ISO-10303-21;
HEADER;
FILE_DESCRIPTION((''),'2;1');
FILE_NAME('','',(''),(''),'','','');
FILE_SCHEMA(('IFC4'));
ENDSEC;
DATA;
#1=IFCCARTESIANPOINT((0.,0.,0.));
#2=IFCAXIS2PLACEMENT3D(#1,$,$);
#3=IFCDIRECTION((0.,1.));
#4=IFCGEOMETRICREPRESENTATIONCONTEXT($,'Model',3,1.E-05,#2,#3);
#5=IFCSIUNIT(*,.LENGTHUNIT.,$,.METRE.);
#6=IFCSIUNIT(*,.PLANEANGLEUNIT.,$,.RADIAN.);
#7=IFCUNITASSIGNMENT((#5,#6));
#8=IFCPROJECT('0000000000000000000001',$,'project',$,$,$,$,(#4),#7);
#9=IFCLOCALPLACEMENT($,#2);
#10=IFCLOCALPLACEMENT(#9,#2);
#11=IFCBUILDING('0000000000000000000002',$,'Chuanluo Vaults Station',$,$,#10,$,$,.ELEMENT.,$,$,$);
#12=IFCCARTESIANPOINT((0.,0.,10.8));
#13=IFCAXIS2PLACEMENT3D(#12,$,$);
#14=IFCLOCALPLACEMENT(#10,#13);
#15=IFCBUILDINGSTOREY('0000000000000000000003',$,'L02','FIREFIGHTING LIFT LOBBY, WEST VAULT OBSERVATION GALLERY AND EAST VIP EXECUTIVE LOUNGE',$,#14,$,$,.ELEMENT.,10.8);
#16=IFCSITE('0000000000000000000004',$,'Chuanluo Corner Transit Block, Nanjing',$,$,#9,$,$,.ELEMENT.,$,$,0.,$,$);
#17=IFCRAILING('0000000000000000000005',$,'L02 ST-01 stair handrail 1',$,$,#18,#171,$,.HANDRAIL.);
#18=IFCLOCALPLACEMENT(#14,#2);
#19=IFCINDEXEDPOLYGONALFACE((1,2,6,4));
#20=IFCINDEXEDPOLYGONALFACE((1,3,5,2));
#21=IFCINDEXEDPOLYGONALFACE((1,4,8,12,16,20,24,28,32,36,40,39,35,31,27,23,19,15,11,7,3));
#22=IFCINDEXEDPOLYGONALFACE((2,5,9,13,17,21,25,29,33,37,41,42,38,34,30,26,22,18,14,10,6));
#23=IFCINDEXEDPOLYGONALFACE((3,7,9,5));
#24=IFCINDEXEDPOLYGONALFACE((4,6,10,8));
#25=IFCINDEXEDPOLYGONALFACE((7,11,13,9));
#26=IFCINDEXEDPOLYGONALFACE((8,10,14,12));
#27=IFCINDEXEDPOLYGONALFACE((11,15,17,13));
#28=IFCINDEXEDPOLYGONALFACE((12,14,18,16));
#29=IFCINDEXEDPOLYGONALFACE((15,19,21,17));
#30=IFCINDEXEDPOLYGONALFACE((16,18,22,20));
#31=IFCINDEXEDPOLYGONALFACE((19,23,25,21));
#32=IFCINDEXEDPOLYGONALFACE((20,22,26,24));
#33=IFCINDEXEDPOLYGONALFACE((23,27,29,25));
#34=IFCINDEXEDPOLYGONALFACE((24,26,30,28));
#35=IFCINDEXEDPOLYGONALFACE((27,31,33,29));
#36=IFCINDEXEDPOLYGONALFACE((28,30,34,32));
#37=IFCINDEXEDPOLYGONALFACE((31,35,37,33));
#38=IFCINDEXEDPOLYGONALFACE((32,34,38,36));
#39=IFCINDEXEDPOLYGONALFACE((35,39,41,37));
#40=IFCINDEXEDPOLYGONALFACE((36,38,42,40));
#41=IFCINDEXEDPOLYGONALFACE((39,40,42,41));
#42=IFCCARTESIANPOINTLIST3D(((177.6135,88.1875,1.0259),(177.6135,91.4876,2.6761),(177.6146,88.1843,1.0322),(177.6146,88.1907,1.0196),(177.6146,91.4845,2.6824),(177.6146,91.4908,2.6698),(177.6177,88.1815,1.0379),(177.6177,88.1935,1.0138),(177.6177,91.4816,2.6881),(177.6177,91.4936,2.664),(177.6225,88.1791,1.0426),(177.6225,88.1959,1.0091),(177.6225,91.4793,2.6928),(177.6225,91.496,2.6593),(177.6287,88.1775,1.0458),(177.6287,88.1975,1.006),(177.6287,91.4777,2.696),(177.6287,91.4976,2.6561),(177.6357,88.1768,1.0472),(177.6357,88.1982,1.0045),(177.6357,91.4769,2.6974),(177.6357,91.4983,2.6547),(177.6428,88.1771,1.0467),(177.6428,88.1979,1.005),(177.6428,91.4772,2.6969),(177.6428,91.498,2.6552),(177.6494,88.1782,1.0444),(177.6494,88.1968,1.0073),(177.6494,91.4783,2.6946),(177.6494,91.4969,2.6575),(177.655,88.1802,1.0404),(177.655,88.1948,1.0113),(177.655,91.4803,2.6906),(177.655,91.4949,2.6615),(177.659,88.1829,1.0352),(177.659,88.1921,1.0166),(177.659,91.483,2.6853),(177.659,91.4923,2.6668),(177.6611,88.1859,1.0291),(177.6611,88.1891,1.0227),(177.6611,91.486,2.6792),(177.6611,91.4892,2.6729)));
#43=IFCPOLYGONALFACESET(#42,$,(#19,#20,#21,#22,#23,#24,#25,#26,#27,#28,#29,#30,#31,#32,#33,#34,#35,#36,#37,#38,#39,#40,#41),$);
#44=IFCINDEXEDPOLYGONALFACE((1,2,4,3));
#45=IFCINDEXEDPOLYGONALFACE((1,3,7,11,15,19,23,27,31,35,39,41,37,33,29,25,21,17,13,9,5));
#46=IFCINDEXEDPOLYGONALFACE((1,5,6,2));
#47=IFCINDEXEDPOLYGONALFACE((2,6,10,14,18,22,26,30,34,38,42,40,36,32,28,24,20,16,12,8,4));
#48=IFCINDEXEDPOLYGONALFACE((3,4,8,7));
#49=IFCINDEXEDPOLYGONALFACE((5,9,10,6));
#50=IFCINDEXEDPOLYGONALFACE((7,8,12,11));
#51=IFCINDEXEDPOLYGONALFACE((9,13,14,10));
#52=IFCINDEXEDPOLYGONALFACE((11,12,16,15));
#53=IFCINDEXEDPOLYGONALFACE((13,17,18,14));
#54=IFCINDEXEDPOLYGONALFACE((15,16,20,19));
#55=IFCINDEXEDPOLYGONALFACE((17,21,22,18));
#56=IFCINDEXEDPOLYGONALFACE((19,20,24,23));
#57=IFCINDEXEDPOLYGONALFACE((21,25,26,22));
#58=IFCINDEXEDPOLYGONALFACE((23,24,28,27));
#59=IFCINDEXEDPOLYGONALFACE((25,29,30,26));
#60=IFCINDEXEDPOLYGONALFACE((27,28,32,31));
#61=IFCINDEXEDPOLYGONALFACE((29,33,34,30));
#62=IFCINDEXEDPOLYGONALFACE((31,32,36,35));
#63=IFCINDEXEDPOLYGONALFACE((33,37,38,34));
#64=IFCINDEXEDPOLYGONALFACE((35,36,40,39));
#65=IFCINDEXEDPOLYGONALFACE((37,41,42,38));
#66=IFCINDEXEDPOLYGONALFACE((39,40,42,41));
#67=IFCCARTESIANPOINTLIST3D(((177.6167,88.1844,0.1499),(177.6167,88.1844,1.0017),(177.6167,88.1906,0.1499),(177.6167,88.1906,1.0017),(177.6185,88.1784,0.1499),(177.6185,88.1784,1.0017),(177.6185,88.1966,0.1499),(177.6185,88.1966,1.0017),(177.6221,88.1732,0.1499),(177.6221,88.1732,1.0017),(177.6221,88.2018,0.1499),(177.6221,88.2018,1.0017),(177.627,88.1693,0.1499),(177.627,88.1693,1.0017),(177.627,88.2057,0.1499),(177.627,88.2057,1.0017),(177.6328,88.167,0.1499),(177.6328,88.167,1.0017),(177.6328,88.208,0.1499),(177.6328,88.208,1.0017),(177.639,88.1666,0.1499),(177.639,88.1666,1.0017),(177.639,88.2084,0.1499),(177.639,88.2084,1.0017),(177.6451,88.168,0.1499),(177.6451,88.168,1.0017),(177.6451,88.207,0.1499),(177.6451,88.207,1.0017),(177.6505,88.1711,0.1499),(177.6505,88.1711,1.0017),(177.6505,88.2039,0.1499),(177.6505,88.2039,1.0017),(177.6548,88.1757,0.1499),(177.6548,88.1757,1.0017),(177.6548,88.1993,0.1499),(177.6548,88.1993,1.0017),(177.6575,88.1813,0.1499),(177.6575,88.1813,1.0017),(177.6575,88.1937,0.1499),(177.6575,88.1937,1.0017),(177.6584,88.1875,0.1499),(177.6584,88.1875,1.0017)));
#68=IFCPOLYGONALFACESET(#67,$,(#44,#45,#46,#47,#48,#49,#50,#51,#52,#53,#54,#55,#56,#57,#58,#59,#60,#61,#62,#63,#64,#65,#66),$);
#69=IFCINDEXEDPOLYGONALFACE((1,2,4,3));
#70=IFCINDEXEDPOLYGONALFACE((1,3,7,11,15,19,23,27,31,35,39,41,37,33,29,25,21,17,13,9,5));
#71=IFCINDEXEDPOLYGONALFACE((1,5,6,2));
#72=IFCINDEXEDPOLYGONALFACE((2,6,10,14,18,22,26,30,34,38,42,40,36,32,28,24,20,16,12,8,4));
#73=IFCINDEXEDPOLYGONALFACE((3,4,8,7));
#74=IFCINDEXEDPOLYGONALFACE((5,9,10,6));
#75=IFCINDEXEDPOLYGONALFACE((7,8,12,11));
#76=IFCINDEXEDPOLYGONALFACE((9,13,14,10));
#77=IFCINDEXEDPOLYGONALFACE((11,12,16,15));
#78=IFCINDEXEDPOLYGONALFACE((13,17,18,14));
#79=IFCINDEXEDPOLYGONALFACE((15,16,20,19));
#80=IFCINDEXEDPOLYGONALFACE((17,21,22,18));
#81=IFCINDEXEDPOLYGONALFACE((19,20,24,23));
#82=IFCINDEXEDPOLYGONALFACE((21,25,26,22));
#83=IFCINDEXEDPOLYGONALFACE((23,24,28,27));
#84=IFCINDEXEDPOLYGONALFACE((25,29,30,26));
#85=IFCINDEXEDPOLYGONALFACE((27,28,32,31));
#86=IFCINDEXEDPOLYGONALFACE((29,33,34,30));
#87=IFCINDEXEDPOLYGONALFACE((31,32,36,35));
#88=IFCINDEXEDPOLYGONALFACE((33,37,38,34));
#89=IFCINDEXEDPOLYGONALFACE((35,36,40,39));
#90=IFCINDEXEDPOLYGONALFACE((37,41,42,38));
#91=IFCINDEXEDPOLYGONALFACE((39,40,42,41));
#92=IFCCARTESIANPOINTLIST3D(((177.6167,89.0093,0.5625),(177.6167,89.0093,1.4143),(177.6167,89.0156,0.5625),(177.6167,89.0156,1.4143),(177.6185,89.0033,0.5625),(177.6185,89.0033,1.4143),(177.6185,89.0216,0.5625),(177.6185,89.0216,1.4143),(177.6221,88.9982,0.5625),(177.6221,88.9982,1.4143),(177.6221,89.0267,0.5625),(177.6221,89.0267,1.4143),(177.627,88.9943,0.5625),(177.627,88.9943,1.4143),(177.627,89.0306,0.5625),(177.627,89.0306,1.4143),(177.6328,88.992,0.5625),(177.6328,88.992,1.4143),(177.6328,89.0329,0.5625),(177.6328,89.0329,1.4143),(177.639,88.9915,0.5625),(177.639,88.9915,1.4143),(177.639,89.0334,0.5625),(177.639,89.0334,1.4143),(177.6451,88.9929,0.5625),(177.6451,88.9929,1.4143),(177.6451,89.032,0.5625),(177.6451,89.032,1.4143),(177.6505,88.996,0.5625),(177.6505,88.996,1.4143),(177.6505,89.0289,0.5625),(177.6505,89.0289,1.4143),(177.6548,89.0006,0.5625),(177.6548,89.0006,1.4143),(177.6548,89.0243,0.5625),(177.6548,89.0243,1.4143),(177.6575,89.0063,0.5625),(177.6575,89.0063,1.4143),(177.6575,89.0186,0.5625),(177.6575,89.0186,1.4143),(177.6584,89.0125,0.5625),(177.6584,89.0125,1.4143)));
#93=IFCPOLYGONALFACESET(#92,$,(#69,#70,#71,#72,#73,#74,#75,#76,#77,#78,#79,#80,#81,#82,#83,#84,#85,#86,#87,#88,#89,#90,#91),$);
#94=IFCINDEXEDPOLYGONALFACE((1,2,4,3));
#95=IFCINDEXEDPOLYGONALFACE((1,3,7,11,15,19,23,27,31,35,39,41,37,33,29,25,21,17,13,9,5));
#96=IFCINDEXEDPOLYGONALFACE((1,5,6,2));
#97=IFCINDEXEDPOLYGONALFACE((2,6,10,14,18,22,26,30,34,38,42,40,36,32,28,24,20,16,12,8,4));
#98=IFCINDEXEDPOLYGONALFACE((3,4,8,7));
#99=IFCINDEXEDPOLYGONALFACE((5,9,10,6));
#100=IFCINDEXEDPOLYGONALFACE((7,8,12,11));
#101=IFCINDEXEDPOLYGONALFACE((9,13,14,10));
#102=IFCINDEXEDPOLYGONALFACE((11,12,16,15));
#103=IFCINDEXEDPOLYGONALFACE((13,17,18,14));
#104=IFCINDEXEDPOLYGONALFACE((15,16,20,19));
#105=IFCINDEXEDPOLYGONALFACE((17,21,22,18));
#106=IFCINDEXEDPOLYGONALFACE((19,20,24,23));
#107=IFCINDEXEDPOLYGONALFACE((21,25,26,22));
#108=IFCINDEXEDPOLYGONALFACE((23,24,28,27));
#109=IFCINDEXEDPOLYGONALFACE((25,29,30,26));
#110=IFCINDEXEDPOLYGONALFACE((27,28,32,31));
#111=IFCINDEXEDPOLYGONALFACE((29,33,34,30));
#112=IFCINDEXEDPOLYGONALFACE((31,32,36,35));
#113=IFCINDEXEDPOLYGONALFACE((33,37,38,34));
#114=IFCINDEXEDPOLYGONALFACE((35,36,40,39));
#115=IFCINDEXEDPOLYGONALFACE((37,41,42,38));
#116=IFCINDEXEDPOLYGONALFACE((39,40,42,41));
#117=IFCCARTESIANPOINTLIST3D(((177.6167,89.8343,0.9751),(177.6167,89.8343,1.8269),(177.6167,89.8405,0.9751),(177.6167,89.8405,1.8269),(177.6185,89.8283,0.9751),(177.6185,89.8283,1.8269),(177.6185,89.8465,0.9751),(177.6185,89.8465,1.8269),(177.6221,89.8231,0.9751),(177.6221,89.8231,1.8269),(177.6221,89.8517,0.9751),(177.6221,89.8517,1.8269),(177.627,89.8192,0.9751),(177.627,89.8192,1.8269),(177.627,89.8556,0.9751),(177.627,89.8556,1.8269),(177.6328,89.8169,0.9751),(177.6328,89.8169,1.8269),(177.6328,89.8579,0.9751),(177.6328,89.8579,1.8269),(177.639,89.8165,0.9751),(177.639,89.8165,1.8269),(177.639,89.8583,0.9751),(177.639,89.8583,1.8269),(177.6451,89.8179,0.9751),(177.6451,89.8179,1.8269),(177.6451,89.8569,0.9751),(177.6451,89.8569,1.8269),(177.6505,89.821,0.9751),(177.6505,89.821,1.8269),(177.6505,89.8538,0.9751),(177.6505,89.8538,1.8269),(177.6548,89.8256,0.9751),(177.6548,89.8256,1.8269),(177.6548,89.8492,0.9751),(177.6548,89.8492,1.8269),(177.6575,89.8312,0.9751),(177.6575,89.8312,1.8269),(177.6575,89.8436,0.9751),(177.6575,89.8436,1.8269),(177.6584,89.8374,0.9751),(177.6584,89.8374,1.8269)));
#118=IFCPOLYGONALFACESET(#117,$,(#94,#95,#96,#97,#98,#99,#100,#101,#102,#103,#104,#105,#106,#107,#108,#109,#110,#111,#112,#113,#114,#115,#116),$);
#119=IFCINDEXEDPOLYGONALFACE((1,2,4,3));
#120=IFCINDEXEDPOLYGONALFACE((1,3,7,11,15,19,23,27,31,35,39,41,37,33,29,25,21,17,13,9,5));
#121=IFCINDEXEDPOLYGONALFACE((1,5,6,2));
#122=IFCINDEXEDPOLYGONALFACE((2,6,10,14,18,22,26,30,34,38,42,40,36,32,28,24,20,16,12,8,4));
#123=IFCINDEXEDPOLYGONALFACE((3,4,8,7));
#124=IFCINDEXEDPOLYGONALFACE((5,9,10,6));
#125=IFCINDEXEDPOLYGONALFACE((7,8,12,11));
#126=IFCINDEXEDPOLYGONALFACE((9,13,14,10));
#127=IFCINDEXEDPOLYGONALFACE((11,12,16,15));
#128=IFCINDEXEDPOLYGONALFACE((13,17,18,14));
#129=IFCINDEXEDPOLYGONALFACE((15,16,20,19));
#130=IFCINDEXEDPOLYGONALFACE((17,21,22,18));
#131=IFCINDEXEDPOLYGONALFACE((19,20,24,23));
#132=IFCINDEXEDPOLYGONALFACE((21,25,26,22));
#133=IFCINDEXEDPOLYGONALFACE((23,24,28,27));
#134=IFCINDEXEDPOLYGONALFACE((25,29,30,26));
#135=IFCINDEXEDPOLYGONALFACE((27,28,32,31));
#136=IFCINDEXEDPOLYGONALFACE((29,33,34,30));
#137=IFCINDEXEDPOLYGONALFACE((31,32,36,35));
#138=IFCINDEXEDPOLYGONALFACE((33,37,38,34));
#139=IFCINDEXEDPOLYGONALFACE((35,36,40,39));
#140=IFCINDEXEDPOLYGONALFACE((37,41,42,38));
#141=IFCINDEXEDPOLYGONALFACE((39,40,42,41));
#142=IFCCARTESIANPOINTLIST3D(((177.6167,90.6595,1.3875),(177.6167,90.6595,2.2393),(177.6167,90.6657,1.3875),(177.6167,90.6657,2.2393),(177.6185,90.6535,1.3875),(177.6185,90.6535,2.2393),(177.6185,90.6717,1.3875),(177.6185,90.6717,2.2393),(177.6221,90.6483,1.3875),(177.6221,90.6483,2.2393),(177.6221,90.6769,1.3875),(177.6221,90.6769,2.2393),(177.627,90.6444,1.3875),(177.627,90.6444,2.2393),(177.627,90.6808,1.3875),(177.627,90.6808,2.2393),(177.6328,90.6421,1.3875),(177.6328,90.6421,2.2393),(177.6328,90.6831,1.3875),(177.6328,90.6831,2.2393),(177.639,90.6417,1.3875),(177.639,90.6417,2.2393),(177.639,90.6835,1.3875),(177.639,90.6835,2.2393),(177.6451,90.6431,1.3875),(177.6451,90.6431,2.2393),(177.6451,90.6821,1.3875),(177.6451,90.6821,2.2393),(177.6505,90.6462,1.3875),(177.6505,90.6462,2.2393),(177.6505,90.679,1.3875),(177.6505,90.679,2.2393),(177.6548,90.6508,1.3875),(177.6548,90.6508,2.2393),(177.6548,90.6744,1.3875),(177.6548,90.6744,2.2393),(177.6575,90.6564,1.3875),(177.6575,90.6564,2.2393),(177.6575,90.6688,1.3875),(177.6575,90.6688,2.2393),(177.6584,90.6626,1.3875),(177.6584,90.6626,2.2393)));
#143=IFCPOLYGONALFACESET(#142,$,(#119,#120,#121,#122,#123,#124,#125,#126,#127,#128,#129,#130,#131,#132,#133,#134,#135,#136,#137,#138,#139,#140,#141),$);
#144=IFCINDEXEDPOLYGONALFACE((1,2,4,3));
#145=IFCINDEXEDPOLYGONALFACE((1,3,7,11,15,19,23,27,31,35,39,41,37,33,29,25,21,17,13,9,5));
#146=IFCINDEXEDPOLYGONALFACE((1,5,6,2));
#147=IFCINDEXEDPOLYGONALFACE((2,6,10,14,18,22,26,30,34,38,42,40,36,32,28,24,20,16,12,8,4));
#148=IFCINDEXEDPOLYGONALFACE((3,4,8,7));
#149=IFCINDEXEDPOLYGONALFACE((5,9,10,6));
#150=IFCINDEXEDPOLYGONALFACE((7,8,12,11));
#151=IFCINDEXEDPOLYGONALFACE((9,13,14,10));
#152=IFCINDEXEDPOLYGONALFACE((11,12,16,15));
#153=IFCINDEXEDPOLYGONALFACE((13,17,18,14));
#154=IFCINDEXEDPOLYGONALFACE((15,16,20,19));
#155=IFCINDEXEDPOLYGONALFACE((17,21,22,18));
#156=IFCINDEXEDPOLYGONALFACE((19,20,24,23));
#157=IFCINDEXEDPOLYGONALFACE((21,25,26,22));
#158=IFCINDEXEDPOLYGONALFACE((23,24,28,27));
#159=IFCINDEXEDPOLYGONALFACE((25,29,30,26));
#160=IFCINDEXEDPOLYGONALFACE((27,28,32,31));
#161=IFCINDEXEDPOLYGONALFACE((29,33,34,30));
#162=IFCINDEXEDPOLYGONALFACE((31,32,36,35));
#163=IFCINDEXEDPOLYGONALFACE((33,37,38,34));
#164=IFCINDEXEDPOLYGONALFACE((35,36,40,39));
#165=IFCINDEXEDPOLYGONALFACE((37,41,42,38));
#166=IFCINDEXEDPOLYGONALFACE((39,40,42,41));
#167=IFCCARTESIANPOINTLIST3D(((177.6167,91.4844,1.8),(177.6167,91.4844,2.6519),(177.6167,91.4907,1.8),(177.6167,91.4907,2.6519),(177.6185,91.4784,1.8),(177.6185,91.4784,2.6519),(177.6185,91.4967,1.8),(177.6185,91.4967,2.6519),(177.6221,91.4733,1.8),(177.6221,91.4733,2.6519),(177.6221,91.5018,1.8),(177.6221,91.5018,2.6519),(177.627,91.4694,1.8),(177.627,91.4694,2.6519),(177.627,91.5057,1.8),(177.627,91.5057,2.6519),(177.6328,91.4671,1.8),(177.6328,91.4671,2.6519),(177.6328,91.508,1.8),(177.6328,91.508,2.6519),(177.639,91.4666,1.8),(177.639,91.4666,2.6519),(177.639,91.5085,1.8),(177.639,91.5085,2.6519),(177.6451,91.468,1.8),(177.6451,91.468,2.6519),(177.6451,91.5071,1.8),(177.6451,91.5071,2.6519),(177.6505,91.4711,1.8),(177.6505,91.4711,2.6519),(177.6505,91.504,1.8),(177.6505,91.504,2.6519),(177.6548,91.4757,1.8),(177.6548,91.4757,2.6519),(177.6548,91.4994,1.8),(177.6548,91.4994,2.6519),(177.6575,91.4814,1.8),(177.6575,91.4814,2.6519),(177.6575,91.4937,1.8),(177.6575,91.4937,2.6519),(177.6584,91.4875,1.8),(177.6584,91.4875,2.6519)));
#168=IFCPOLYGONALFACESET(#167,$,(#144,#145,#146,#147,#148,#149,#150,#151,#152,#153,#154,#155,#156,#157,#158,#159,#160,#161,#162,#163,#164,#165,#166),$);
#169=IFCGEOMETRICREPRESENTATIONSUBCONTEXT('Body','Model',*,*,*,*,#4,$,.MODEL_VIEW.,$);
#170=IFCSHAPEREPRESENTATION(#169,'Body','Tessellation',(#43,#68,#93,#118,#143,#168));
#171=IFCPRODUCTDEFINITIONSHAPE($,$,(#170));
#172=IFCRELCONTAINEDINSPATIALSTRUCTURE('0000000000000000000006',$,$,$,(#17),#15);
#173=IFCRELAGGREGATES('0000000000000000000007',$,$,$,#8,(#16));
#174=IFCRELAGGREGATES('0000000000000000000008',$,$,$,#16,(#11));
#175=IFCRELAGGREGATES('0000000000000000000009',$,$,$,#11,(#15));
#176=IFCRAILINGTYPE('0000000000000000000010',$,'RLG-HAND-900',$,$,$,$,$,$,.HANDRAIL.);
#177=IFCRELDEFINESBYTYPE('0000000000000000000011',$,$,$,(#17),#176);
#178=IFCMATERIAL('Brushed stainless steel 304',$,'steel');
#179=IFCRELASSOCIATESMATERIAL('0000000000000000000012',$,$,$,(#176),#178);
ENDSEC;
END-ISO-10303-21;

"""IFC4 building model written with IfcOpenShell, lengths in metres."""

from ifc_helpers import new_model, si_unit, direction, frame, origin, origin_2d, place, context, subcontext, project, spatial, circle, extrude, material, type_object, element, save


model = new_model("IFC4")

# Units and contexts
model_context = context("Model", 3, precision=1e-05, world=origin(), true_north=direction((0.0, 1.0)))
body_context = subcontext(model_context, "Body", "Model", "MODEL_VIEW")
ifc_project = project(units=[si_unit("LENGTHUNIT", "METRE"), si_unit("PLANEANGLEUNIT", "RADIAN")], contexts=[model_context])

# Site, building, storey
site_placement = place(None, origin())
site = spatial("IfcSite", under=ifc_project, at=site_placement, Name="Chuanluo Corner Transit Block, Nanjing", CompositionType="ELEMENT", RefElevation=0.0)
building_placement = place(site_placement, origin())
building = spatial("IfcBuilding", under=site, at=building_placement, Name="Chuanluo Vaults Station", CompositionType="ELEMENT")
storey_placement = place(building_placement, frame((0.0, 0.0, 10.8)))
storey = spatial("IfcBuildingStorey", under=building, at=storey_placement, Name="L02", Description="FIREFIGHTING LIFT LOBBY, WEST VAULT OBSERVATION GALLERY AND EAST VIP EXECUTIVE LOUNGE", CompositionType="ELEMENT", Elevation=10.8)

# Railing
ifc_material_1 = material(Name="Brushed stainless steel 304", Category="steel")
railing_type_1 = type_object("IfcRailingType", Name="RLG-HAND-900", PredefinedType="HANDRAIL", material=ifc_material_1)
railing_1_placement = place(storey_placement, frame((177.6375, 88.1875, 0.1499)))
element("IfcRailing", 1, at=railing_1_placement, inside=storey, type_object=railing_type_1, Name="L02 ST-01 stair handrail 1", PredefinedType="HANDRAIL", context=body_context, shape_type="SweptSolid", body=[
    extrude(circle(Radius=0.0239, at=origin_2d()), frame((0.0, 0.0, 0.876), z_axis=(0.0, 0.894414, 0.44724), x_axis=(-1.0, 0.0, 0.0)), (0.0, 0.0, 1.0), 3.6897),
    extrude(circle(Radius=0.021, at=origin_2d()), origin(), (0.0, 0.0, 1.0), 0.8518),
    extrude(circle(Radius=0.021, at=origin_2d()), frame((0.0, 0.825, 0.4126)), (0.0, 0.0, 1.0), 0.8518),
    extrude(circle(Radius=0.021, at=origin_2d()), frame((0.0, 1.6499, 0.8252)), (0.0, 0.0, 1.0), 0.8518),
    extrude(circle(Radius=0.021, at=origin_2d()), frame((0.0, 2.4751, 1.2375)), (0.0, 0.0, 1.0), 0.8518),
    extrude(circle(Radius=0.021, at=origin_2d()), frame((0.0, 3.3, 1.6501)), (0.0, 0.0, 1.0), 0.8518),
])

save(model, "model.ifc")
